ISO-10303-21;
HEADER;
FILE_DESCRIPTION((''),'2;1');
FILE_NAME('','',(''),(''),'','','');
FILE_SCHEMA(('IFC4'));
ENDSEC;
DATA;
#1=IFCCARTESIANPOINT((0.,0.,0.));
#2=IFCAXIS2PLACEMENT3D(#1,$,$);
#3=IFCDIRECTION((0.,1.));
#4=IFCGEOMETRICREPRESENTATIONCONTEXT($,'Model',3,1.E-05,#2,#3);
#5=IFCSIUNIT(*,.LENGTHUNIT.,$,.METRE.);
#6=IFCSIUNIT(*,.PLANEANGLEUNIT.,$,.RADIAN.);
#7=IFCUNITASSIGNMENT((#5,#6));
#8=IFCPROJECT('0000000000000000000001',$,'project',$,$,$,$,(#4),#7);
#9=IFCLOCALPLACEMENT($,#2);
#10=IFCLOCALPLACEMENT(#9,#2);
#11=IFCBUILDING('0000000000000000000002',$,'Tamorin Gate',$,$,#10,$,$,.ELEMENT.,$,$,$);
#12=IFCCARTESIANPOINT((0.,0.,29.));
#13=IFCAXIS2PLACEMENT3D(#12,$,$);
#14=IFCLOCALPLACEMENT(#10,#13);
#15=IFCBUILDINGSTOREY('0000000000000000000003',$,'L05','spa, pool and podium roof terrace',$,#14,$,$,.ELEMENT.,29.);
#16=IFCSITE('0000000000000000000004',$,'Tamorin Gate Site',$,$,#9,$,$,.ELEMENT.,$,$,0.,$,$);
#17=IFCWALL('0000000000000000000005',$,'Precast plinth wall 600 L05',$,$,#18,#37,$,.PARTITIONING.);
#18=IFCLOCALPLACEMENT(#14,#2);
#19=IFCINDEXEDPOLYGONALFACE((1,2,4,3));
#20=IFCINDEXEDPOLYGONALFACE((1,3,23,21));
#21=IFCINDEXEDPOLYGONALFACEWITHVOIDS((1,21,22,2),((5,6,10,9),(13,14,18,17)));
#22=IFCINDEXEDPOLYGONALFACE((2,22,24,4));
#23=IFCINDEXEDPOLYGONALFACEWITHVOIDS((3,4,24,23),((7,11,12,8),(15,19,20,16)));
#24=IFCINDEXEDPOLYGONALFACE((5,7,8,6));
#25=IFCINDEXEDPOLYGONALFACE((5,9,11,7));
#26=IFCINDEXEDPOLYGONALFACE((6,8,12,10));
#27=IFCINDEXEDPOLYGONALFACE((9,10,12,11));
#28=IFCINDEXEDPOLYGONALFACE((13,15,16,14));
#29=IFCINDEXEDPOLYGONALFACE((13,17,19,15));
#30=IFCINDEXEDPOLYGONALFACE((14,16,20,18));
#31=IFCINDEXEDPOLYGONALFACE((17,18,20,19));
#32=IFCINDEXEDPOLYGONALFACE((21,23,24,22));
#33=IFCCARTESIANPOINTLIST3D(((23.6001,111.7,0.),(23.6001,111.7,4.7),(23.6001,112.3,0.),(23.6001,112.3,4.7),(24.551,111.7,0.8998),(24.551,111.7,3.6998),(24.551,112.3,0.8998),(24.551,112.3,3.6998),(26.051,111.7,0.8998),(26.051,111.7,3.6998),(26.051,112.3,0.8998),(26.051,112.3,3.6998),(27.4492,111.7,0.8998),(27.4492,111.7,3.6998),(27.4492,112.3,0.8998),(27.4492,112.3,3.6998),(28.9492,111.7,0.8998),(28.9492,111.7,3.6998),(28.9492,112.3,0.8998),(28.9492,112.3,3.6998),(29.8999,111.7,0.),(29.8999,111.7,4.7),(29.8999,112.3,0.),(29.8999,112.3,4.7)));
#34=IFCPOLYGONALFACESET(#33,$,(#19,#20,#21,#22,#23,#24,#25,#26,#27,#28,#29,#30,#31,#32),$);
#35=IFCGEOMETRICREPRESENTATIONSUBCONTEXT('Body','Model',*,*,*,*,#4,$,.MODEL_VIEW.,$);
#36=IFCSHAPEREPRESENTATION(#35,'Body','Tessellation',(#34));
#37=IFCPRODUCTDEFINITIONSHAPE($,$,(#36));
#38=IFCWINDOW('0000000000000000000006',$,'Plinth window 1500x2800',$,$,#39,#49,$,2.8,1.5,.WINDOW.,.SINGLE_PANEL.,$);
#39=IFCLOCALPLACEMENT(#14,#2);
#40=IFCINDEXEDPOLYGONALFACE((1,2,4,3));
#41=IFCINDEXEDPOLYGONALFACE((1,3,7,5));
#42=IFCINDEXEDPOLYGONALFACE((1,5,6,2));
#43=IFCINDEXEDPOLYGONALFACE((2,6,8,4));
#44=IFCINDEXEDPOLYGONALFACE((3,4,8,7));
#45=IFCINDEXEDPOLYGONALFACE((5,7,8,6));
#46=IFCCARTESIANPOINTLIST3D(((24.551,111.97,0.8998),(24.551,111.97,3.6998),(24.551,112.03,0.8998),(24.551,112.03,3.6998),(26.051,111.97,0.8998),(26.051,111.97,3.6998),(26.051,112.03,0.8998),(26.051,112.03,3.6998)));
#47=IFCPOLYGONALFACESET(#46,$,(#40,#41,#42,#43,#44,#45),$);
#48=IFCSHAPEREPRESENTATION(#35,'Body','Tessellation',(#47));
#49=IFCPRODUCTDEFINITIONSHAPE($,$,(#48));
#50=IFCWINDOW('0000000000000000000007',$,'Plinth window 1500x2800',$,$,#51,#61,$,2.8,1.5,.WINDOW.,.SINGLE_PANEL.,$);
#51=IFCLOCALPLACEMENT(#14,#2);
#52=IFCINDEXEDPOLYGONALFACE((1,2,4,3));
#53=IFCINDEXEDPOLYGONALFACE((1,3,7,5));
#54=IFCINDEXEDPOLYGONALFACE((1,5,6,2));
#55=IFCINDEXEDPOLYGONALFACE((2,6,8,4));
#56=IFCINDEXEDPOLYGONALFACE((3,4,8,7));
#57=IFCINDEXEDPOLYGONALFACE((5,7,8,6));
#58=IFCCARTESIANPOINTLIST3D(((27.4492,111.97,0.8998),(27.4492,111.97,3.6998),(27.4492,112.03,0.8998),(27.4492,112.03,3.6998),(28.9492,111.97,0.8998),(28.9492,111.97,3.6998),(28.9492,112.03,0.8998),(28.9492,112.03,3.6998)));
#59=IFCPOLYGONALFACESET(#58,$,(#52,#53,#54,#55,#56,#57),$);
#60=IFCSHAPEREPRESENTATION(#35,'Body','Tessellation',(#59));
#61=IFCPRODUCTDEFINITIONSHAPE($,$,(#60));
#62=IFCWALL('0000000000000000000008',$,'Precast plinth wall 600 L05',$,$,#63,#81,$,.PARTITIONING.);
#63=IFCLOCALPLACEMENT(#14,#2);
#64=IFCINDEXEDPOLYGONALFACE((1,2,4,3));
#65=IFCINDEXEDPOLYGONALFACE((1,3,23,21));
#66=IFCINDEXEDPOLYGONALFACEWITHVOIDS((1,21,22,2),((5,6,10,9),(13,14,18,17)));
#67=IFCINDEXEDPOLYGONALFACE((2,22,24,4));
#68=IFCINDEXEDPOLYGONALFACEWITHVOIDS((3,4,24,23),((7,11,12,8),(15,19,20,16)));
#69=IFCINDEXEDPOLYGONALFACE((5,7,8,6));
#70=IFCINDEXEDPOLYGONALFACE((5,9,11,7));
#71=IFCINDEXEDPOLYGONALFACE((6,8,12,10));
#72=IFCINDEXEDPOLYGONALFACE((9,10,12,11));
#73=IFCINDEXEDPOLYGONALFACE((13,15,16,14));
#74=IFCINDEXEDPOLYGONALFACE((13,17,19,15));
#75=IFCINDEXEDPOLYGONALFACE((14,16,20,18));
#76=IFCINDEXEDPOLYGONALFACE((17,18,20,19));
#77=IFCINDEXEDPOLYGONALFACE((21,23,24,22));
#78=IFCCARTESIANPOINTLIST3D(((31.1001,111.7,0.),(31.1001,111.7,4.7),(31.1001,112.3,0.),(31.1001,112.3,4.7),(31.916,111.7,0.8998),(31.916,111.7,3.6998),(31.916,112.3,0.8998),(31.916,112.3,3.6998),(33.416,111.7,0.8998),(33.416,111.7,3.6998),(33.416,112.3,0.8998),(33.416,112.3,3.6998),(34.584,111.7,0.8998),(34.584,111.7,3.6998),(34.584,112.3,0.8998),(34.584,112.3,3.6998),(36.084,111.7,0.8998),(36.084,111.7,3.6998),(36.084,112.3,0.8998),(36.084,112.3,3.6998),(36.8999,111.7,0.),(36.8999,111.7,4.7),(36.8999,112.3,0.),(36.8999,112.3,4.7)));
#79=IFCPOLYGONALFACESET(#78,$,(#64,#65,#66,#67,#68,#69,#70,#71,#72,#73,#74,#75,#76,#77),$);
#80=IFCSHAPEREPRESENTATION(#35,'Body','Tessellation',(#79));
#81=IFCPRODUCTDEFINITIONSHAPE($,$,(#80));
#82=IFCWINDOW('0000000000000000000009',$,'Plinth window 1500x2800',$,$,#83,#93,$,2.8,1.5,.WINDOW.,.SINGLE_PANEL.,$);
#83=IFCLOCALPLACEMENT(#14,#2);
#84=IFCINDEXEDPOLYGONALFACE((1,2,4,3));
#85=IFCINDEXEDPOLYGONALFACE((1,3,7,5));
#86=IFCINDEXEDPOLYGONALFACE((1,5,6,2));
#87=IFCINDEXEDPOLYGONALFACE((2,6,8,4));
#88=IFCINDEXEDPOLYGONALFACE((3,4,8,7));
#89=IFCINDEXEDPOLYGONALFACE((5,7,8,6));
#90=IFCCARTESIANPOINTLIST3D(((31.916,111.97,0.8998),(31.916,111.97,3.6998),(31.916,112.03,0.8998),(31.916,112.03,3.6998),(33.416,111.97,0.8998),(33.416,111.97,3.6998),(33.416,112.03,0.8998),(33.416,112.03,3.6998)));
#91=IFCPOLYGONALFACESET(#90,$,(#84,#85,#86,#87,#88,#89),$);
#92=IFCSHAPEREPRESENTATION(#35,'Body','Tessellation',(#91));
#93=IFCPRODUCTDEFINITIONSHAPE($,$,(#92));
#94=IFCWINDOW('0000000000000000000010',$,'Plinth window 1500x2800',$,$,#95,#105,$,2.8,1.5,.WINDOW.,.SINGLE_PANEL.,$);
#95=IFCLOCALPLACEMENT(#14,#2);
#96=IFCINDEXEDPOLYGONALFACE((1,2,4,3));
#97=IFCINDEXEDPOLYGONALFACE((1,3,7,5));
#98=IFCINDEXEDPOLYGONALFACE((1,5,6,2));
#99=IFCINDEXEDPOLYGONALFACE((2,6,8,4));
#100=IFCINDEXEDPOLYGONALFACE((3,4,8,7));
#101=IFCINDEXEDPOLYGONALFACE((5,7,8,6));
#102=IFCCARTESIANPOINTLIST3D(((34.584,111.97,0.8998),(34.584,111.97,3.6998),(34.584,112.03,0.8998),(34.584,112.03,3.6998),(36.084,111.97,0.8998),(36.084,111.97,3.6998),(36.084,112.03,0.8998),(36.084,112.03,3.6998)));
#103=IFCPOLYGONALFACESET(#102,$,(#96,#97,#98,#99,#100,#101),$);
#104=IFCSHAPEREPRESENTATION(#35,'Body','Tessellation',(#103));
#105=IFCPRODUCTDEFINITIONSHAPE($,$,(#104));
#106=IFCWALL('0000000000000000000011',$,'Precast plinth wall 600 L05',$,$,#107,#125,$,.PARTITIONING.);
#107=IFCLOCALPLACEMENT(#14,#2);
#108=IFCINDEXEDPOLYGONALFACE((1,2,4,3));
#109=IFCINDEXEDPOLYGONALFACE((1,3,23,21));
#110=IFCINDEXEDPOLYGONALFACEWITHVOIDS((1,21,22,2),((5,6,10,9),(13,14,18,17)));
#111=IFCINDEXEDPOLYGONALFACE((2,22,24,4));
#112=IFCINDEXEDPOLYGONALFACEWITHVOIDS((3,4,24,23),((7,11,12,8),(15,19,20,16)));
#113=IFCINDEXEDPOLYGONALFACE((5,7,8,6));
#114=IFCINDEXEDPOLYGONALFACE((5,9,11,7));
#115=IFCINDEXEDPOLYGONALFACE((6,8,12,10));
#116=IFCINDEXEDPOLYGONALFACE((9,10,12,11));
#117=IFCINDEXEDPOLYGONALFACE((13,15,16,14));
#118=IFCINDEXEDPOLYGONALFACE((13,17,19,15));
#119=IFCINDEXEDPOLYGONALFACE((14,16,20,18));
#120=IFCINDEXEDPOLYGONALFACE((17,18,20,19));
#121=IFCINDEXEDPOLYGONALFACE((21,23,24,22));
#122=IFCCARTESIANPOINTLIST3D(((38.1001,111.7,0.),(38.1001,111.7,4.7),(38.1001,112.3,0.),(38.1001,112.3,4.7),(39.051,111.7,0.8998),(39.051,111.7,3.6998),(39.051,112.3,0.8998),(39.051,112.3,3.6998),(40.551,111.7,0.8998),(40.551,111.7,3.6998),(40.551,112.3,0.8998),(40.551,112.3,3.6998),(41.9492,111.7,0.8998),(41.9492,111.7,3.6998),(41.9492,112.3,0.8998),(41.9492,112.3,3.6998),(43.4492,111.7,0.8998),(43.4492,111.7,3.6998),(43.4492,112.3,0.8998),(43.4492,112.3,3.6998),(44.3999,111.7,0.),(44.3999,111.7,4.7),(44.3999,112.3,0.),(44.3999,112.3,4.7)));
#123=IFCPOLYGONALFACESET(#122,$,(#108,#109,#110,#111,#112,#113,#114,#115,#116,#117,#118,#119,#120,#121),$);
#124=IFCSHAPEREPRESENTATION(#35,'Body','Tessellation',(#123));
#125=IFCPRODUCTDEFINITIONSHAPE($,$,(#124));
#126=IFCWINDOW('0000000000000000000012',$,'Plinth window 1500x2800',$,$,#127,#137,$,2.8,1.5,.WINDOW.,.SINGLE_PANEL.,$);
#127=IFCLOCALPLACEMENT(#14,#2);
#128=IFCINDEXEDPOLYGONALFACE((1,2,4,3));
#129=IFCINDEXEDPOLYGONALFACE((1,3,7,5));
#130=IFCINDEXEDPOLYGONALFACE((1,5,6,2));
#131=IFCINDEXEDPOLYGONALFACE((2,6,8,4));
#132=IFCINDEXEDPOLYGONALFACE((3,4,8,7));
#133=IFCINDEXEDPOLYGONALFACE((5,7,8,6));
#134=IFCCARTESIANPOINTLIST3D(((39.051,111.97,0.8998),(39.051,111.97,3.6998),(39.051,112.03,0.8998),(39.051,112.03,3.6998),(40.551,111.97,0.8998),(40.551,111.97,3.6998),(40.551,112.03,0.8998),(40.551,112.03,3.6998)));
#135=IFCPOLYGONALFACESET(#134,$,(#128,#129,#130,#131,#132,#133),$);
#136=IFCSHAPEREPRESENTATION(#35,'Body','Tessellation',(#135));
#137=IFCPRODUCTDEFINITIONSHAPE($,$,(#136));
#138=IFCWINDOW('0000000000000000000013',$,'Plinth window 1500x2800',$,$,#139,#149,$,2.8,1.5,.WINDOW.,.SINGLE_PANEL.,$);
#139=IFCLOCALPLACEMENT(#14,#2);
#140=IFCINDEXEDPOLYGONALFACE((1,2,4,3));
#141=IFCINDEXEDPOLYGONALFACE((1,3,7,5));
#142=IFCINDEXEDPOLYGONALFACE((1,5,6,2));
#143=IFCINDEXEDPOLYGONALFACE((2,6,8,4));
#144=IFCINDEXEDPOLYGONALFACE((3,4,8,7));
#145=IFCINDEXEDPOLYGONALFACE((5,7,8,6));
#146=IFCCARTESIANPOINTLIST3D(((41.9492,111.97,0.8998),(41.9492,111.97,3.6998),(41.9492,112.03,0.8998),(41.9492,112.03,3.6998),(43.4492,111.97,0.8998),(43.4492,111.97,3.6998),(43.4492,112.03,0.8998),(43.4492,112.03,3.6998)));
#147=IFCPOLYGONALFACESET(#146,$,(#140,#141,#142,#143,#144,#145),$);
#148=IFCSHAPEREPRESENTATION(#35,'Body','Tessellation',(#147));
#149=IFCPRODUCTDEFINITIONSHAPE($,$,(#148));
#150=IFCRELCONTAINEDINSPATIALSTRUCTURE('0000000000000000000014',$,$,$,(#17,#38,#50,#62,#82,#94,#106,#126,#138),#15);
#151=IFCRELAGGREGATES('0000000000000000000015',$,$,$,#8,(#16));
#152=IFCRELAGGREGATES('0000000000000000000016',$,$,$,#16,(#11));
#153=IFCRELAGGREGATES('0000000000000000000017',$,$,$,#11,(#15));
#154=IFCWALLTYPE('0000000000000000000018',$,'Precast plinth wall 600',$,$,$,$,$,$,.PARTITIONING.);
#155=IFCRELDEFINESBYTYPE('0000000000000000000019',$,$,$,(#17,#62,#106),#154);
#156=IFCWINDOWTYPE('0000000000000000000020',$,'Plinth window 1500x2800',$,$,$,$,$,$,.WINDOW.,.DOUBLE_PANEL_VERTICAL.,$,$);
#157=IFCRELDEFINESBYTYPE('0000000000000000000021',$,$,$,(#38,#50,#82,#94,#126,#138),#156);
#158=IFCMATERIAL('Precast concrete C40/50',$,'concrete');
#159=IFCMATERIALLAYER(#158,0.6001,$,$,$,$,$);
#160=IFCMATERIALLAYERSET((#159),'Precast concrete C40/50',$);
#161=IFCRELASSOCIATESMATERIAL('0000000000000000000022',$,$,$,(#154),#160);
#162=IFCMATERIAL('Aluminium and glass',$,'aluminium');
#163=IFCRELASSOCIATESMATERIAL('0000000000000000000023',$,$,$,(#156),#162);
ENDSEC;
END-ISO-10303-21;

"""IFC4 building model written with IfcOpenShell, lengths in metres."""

from ifc_helpers import new_model, si_unit, direction, frame, frame_2d, origin, place, context, subcontext, project, spatial, rectangle, extrude, material, layer, layer_set, type_object, element, fill, save


model = new_model("IFC4")

# Units and contexts
model_context = context("Model", 3, precision=1e-05, world=origin(), true_north=direction((0.0, 1.0)))
body_context = subcontext(model_context, "Body", "Model", "MODEL_VIEW")
ifc_project = project(units=[si_unit("LENGTHUNIT", "METRE"), si_unit("PLANEANGLEUNIT", "RADIAN")], contexts=[model_context])

# Site, building, storey
site_placement = place(None, origin())
site = spatial("IfcSite", under=ifc_project, at=site_placement, Name="Tamorin Gate Site", CompositionType="ELEMENT", RefElevation=0.0)
building_placement = place(site_placement, origin())
building = spatial("IfcBuilding", under=site, at=building_placement, Name="Tamorin Gate", CompositionType="ELEMENT")
storey_placement = place(building_placement, frame((0.0, 0.0, 29.0)))
storey = spatial("IfcBuildingStorey", under=building, at=storey_placement, Name="L05", Description="spa, pool and podium roof terrace", CompositionType="ELEMENT", Elevation=29.0)

# Walls, openings, windows
ifc_material_1 = material(Name="Precast concrete C40/50", Category="concrete")
ifc_layer_1 = layer(ifc_material_1, 0.6001)
ifc_layer_set_1 = layer_set([ifc_layer_1], Name="Precast concrete C40/50")
wall_type_1 = type_object("IfcWallType", Name="Precast plinth wall 600", PredefinedType="PARTITIONING", material=ifc_layer_set_1)
wall_1_placement = place(storey_placement, frame((23.6001, 112.0, 0.0), z_axis=(0.0, 0.0, 1.0), x_axis=(1.0, 0.0, 0.0)))
wall_1 = element("IfcWall", 1, at=wall_1_placement, inside=storey, type_object=wall_type_1, Name="Precast plinth wall 600 L05", PredefinedType="PARTITIONING", context=body_context, shape_type="SweptSolid", body=[
    extrude(rectangle(XDim=6.2998, YDim=0.6001, at=frame_2d((3.1499, 0.0))), origin(), (0.0, 0.0, 1.0), 4.7),
])
opening_1_placement = place(wall_1_placement, frame((0.9509, 0.0, 0.8999)))
opening_1 = element("IfcOpeningElement", 2, at=opening_1_placement, cuts=wall_1, PredefinedType="OPENING", context=body_context, shape_type="SweptSolid", body=[
    extrude(rectangle(XDim=1.5, YDim=2.8, at=frame_2d((0.75, 1.3999))), frame((0.0, 0.3101, 0.0), z_axis=(0.0, -1.0, 0.0), x_axis=(1.0, 0.0, 0.0)), (0.0, 0.0, 1.0), 0.6201),
])
opening_2_placement = place(wall_1_placement, frame((3.8491, 0.0, 0.8999)))
opening_2 = element("IfcOpeningElement", 3, at=opening_2_placement, cuts=wall_1, PredefinedType="OPENING", context=body_context, shape_type="SweptSolid", body=[
    extrude(rectangle(XDim=1.5, YDim=2.8, at=frame_2d((0.75, 1.3999))), frame((0.0, 0.3101, 0.0), z_axis=(0.0, -1.0, 0.0), x_axis=(1.0, 0.0, 0.0)), (0.0, 0.0, 1.0), 0.6201),
])
ifc_material_2 = material(Name="Aluminium and glass", Category="aluminium")
window_type = type_object("IfcWindowType", Name="Plinth window 1500x2800", PartitioningType="DOUBLE_PANEL_VERTICAL", PredefinedType="WINDOW", material=ifc_material_2)
window_1_placement = place(opening_1_placement, origin())
window_1 = element("IfcWindow", 4, at=window_1_placement, inside=storey, type_object=window_type, Name="Plinth window 1500x2800", OverallHeight=2.8, OverallWidth=1.5, PartitioningType="SINGLE_PANEL", PredefinedType="WINDOW", context=body_context, shape_type="SweptSolid", body=[
    extrude(rectangle(XDim=1.5, YDim=2.8, at=frame_2d((0.75, 1.3999))), frame((0.0, 0.03, 0.0), z_axis=(0.0, -1.0, 0.0), x_axis=(1.0, 0.0, 0.0)), (0.0, 0.0, 1.0), 0.0601),
])
fill(opening_1, window_1)
window_2_placement = place(opening_2_placement, origin())
window_2 = element("IfcWindow", 5, at=window_2_placement, inside=storey, type_object=window_type, Name="Plinth window 1500x2800", OverallHeight=2.8, OverallWidth=1.5, PartitioningType="SINGLE_PANEL", PredefinedType="WINDOW", context=body_context, shape_type="SweptSolid", body=[
    extrude(rectangle(XDim=1.5, YDim=2.8, at=frame_2d((0.75, 1.3999))), frame((0.0, 0.03, 0.0), z_axis=(0.0, -1.0, 0.0), x_axis=(1.0, 0.0, 0.0)), (0.0, 0.0, 1.0), 0.0601),
])
fill(opening_2, window_2)
wall_2_placement = place(storey_placement, frame((31.1001, 112.0, 0.0), z_axis=(0.0, 0.0, 1.0), x_axis=(1.0, 0.0, 0.0)))
wall_2 = element("IfcWall", 6, at=wall_2_placement, inside=storey, type_object=wall_type_1, Name="Precast plinth wall 600 L05", PredefinedType="PARTITIONING", context=body_context, shape_type="SweptSolid", body=[
    extrude(rectangle(XDim=5.7998, YDim=0.6001, at=frame_2d((2.8999, 0.0))), origin(), (0.0, 0.0, 1.0), 4.7),
])
opening_3_placement = place(wall_2_placement, frame((0.8159, 0.0, 0.8999)))
opening_3 = element("IfcOpeningElement", 7, at=opening_3_placement, cuts=wall_2, PredefinedType="OPENING", context=body_context, shape_type="SweptSolid", body=[
    extrude(rectangle(XDim=1.5, YDim=2.8, at=frame_2d((0.75, 1.3999))), frame((0.0, 0.3101, 0.0), z_axis=(0.0, -1.0, 0.0), x_axis=(1.0, 0.0, 0.0)), (0.0, 0.0, 1.0), 0.6201),
])
opening_4_placement = place(wall_2_placement, frame((3.4839, 0.0, 0.8999)))
opening_4 = element("IfcOpeningElement", 8, at=opening_4_placement, cuts=wall_2, PredefinedType="OPENING", context=body_context, shape_type="SweptSolid", body=[
    extrude(rectangle(XDim=1.5, YDim=2.8, at=frame_2d((0.75, 1.3999))), frame((0.0, 0.3101, 0.0), z_axis=(0.0, -1.0, 0.0), x_axis=(1.0, 0.0, 0.0)), (0.0, 0.0, 1.0), 0.6201),
])
window_3_placement = place(opening_3_placement, origin())
window_3 = element("IfcWindow", 9, at=window_3_placement, inside=storey, type_object=window_type, Name="Plinth window 1500x2800", OverallHeight=2.8, OverallWidth=1.5, PartitioningType="SINGLE_PANEL", PredefinedType="WINDOW", context=body_context, shape_type="SweptSolid", body=[
    extrude(rectangle(XDim=1.5, YDim=2.8, at=frame_2d((0.75, 1.3999))), frame((0.0, 0.03, 0.0), z_axis=(0.0, -1.0, 0.0), x_axis=(1.0, 0.0, 0.0)), (0.0, 0.0, 1.0), 0.0601),
])
fill(opening_3, window_3)
window_4_placement = place(opening_4_placement, origin())
window_4 = element("IfcWindow", 10, at=window_4_placement, inside=storey, type_object=window_type, Name="Plinth window 1500x2800", OverallHeight=2.8, OverallWidth=1.5, PartitioningType="SINGLE_PANEL", PredefinedType="WINDOW", context=body_context, shape_type="SweptSolid", body=[
    extrude(rectangle(XDim=1.5, YDim=2.8, at=frame_2d((0.75, 1.3999))), frame((0.0, 0.03, 0.0), z_axis=(0.0, -1.0, 0.0), x_axis=(1.0, 0.0, 0.0)), (0.0, 0.0, 1.0), 0.0601),
])
fill(opening_4, window_4)
wall_3_placement = place(storey_placement, frame((38.1001, 112.0, 0.0), z_axis=(0.0, 0.0, 1.0), x_axis=(1.0, 0.0, 0.0)))
wall_3 = element("IfcWall", 11, at=wall_3_placement, inside=storey, type_object=wall_type_1, Name="Precast plinth wall 600 L05", PredefinedType="PARTITIONING", context=body_context, shape_type="SweptSolid", body=[
    extrude(rectangle(XDim=6.2998, YDim=0.6001, at=frame_2d((3.1499, 0.0))), origin(), (0.0, 0.0, 1.0), 4.7),
])
opening_5_placement = place(wall_3_placement, frame((0.9509, 0.0, 0.8999)))
opening_5 = element("IfcOpeningElement", 12, at=opening_5_placement, cuts=wall_3, PredefinedType="OPENING", context=body_context, shape_type="SweptSolid", body=[
    extrude(rectangle(XDim=1.5, YDim=2.8, at=frame_2d((0.75, 1.3999))), frame((0.0, 0.3101, 0.0), z_axis=(0.0, -1.0, 0.0), x_axis=(1.0, 0.0, 0.0)), (0.0, 0.0, 1.0), 0.6201),
])
opening_6_placement = place(wall_3_placement, frame((3.8491, 0.0, 0.8999)))
opening_6 = element("IfcOpeningElement", 13, at=opening_6_placement, cuts=wall_3, PredefinedType="OPENING", context=body_context, shape_type="SweptSolid", body=[
    extrude(rectangle(XDim=1.5, YDim=2.8, at=frame_2d((0.75, 1.3999))), frame((0.0, 0.3101, 0.0), z_axis=(0.0, -1.0, 0.0), x_axis=(1.0, 0.0, 0.0)), (0.0, 0.0, 1.0), 0.6201),
])
window_5_placement = place(opening_5_placement, origin())
window_5 = element("IfcWindow", 14, at=window_5_placement, inside=storey, type_object=window_type, Name="Plinth window 1500x2800", OverallHeight=2.8, OverallWidth=1.5, PartitioningType="SINGLE_PANEL", PredefinedType="WINDOW", context=body_context, shape_type="SweptSolid", body=[
    extrude(rectangle(XDim=1.5, YDim=2.8, at=frame_2d((0.75, 1.3999))), frame((0.0, 0.03, 0.0), z_axis=(0.0, -1.0, 0.0), x_axis=(1.0, 0.0, 0.0)), (0.0, 0.0, 1.0), 0.0601),
])
fill(opening_5, window_5)
window_6_placement = place(opening_6_placement, origin())
window_6 = element("IfcWindow", 15, at=window_6_placement, inside=storey, type_object=window_type, Name="Plinth window 1500x2800", OverallHeight=2.8, OverallWidth=1.5, PartitioningType="SINGLE_PANEL", PredefinedType="WINDOW", context=body_context, shape_type="SweptSolid", body=[
    extrude(rectangle(XDim=1.5, YDim=2.8, at=frame_2d((0.75, 1.3999))), frame((0.0, 0.03, 0.0), z_axis=(0.0, -1.0, 0.0), x_axis=(1.0, 0.0, 0.0)), (0.0, 0.0, 1.0), 0.0601),
])
fill(opening_6, window_6)

save(model, "model.ifc")
